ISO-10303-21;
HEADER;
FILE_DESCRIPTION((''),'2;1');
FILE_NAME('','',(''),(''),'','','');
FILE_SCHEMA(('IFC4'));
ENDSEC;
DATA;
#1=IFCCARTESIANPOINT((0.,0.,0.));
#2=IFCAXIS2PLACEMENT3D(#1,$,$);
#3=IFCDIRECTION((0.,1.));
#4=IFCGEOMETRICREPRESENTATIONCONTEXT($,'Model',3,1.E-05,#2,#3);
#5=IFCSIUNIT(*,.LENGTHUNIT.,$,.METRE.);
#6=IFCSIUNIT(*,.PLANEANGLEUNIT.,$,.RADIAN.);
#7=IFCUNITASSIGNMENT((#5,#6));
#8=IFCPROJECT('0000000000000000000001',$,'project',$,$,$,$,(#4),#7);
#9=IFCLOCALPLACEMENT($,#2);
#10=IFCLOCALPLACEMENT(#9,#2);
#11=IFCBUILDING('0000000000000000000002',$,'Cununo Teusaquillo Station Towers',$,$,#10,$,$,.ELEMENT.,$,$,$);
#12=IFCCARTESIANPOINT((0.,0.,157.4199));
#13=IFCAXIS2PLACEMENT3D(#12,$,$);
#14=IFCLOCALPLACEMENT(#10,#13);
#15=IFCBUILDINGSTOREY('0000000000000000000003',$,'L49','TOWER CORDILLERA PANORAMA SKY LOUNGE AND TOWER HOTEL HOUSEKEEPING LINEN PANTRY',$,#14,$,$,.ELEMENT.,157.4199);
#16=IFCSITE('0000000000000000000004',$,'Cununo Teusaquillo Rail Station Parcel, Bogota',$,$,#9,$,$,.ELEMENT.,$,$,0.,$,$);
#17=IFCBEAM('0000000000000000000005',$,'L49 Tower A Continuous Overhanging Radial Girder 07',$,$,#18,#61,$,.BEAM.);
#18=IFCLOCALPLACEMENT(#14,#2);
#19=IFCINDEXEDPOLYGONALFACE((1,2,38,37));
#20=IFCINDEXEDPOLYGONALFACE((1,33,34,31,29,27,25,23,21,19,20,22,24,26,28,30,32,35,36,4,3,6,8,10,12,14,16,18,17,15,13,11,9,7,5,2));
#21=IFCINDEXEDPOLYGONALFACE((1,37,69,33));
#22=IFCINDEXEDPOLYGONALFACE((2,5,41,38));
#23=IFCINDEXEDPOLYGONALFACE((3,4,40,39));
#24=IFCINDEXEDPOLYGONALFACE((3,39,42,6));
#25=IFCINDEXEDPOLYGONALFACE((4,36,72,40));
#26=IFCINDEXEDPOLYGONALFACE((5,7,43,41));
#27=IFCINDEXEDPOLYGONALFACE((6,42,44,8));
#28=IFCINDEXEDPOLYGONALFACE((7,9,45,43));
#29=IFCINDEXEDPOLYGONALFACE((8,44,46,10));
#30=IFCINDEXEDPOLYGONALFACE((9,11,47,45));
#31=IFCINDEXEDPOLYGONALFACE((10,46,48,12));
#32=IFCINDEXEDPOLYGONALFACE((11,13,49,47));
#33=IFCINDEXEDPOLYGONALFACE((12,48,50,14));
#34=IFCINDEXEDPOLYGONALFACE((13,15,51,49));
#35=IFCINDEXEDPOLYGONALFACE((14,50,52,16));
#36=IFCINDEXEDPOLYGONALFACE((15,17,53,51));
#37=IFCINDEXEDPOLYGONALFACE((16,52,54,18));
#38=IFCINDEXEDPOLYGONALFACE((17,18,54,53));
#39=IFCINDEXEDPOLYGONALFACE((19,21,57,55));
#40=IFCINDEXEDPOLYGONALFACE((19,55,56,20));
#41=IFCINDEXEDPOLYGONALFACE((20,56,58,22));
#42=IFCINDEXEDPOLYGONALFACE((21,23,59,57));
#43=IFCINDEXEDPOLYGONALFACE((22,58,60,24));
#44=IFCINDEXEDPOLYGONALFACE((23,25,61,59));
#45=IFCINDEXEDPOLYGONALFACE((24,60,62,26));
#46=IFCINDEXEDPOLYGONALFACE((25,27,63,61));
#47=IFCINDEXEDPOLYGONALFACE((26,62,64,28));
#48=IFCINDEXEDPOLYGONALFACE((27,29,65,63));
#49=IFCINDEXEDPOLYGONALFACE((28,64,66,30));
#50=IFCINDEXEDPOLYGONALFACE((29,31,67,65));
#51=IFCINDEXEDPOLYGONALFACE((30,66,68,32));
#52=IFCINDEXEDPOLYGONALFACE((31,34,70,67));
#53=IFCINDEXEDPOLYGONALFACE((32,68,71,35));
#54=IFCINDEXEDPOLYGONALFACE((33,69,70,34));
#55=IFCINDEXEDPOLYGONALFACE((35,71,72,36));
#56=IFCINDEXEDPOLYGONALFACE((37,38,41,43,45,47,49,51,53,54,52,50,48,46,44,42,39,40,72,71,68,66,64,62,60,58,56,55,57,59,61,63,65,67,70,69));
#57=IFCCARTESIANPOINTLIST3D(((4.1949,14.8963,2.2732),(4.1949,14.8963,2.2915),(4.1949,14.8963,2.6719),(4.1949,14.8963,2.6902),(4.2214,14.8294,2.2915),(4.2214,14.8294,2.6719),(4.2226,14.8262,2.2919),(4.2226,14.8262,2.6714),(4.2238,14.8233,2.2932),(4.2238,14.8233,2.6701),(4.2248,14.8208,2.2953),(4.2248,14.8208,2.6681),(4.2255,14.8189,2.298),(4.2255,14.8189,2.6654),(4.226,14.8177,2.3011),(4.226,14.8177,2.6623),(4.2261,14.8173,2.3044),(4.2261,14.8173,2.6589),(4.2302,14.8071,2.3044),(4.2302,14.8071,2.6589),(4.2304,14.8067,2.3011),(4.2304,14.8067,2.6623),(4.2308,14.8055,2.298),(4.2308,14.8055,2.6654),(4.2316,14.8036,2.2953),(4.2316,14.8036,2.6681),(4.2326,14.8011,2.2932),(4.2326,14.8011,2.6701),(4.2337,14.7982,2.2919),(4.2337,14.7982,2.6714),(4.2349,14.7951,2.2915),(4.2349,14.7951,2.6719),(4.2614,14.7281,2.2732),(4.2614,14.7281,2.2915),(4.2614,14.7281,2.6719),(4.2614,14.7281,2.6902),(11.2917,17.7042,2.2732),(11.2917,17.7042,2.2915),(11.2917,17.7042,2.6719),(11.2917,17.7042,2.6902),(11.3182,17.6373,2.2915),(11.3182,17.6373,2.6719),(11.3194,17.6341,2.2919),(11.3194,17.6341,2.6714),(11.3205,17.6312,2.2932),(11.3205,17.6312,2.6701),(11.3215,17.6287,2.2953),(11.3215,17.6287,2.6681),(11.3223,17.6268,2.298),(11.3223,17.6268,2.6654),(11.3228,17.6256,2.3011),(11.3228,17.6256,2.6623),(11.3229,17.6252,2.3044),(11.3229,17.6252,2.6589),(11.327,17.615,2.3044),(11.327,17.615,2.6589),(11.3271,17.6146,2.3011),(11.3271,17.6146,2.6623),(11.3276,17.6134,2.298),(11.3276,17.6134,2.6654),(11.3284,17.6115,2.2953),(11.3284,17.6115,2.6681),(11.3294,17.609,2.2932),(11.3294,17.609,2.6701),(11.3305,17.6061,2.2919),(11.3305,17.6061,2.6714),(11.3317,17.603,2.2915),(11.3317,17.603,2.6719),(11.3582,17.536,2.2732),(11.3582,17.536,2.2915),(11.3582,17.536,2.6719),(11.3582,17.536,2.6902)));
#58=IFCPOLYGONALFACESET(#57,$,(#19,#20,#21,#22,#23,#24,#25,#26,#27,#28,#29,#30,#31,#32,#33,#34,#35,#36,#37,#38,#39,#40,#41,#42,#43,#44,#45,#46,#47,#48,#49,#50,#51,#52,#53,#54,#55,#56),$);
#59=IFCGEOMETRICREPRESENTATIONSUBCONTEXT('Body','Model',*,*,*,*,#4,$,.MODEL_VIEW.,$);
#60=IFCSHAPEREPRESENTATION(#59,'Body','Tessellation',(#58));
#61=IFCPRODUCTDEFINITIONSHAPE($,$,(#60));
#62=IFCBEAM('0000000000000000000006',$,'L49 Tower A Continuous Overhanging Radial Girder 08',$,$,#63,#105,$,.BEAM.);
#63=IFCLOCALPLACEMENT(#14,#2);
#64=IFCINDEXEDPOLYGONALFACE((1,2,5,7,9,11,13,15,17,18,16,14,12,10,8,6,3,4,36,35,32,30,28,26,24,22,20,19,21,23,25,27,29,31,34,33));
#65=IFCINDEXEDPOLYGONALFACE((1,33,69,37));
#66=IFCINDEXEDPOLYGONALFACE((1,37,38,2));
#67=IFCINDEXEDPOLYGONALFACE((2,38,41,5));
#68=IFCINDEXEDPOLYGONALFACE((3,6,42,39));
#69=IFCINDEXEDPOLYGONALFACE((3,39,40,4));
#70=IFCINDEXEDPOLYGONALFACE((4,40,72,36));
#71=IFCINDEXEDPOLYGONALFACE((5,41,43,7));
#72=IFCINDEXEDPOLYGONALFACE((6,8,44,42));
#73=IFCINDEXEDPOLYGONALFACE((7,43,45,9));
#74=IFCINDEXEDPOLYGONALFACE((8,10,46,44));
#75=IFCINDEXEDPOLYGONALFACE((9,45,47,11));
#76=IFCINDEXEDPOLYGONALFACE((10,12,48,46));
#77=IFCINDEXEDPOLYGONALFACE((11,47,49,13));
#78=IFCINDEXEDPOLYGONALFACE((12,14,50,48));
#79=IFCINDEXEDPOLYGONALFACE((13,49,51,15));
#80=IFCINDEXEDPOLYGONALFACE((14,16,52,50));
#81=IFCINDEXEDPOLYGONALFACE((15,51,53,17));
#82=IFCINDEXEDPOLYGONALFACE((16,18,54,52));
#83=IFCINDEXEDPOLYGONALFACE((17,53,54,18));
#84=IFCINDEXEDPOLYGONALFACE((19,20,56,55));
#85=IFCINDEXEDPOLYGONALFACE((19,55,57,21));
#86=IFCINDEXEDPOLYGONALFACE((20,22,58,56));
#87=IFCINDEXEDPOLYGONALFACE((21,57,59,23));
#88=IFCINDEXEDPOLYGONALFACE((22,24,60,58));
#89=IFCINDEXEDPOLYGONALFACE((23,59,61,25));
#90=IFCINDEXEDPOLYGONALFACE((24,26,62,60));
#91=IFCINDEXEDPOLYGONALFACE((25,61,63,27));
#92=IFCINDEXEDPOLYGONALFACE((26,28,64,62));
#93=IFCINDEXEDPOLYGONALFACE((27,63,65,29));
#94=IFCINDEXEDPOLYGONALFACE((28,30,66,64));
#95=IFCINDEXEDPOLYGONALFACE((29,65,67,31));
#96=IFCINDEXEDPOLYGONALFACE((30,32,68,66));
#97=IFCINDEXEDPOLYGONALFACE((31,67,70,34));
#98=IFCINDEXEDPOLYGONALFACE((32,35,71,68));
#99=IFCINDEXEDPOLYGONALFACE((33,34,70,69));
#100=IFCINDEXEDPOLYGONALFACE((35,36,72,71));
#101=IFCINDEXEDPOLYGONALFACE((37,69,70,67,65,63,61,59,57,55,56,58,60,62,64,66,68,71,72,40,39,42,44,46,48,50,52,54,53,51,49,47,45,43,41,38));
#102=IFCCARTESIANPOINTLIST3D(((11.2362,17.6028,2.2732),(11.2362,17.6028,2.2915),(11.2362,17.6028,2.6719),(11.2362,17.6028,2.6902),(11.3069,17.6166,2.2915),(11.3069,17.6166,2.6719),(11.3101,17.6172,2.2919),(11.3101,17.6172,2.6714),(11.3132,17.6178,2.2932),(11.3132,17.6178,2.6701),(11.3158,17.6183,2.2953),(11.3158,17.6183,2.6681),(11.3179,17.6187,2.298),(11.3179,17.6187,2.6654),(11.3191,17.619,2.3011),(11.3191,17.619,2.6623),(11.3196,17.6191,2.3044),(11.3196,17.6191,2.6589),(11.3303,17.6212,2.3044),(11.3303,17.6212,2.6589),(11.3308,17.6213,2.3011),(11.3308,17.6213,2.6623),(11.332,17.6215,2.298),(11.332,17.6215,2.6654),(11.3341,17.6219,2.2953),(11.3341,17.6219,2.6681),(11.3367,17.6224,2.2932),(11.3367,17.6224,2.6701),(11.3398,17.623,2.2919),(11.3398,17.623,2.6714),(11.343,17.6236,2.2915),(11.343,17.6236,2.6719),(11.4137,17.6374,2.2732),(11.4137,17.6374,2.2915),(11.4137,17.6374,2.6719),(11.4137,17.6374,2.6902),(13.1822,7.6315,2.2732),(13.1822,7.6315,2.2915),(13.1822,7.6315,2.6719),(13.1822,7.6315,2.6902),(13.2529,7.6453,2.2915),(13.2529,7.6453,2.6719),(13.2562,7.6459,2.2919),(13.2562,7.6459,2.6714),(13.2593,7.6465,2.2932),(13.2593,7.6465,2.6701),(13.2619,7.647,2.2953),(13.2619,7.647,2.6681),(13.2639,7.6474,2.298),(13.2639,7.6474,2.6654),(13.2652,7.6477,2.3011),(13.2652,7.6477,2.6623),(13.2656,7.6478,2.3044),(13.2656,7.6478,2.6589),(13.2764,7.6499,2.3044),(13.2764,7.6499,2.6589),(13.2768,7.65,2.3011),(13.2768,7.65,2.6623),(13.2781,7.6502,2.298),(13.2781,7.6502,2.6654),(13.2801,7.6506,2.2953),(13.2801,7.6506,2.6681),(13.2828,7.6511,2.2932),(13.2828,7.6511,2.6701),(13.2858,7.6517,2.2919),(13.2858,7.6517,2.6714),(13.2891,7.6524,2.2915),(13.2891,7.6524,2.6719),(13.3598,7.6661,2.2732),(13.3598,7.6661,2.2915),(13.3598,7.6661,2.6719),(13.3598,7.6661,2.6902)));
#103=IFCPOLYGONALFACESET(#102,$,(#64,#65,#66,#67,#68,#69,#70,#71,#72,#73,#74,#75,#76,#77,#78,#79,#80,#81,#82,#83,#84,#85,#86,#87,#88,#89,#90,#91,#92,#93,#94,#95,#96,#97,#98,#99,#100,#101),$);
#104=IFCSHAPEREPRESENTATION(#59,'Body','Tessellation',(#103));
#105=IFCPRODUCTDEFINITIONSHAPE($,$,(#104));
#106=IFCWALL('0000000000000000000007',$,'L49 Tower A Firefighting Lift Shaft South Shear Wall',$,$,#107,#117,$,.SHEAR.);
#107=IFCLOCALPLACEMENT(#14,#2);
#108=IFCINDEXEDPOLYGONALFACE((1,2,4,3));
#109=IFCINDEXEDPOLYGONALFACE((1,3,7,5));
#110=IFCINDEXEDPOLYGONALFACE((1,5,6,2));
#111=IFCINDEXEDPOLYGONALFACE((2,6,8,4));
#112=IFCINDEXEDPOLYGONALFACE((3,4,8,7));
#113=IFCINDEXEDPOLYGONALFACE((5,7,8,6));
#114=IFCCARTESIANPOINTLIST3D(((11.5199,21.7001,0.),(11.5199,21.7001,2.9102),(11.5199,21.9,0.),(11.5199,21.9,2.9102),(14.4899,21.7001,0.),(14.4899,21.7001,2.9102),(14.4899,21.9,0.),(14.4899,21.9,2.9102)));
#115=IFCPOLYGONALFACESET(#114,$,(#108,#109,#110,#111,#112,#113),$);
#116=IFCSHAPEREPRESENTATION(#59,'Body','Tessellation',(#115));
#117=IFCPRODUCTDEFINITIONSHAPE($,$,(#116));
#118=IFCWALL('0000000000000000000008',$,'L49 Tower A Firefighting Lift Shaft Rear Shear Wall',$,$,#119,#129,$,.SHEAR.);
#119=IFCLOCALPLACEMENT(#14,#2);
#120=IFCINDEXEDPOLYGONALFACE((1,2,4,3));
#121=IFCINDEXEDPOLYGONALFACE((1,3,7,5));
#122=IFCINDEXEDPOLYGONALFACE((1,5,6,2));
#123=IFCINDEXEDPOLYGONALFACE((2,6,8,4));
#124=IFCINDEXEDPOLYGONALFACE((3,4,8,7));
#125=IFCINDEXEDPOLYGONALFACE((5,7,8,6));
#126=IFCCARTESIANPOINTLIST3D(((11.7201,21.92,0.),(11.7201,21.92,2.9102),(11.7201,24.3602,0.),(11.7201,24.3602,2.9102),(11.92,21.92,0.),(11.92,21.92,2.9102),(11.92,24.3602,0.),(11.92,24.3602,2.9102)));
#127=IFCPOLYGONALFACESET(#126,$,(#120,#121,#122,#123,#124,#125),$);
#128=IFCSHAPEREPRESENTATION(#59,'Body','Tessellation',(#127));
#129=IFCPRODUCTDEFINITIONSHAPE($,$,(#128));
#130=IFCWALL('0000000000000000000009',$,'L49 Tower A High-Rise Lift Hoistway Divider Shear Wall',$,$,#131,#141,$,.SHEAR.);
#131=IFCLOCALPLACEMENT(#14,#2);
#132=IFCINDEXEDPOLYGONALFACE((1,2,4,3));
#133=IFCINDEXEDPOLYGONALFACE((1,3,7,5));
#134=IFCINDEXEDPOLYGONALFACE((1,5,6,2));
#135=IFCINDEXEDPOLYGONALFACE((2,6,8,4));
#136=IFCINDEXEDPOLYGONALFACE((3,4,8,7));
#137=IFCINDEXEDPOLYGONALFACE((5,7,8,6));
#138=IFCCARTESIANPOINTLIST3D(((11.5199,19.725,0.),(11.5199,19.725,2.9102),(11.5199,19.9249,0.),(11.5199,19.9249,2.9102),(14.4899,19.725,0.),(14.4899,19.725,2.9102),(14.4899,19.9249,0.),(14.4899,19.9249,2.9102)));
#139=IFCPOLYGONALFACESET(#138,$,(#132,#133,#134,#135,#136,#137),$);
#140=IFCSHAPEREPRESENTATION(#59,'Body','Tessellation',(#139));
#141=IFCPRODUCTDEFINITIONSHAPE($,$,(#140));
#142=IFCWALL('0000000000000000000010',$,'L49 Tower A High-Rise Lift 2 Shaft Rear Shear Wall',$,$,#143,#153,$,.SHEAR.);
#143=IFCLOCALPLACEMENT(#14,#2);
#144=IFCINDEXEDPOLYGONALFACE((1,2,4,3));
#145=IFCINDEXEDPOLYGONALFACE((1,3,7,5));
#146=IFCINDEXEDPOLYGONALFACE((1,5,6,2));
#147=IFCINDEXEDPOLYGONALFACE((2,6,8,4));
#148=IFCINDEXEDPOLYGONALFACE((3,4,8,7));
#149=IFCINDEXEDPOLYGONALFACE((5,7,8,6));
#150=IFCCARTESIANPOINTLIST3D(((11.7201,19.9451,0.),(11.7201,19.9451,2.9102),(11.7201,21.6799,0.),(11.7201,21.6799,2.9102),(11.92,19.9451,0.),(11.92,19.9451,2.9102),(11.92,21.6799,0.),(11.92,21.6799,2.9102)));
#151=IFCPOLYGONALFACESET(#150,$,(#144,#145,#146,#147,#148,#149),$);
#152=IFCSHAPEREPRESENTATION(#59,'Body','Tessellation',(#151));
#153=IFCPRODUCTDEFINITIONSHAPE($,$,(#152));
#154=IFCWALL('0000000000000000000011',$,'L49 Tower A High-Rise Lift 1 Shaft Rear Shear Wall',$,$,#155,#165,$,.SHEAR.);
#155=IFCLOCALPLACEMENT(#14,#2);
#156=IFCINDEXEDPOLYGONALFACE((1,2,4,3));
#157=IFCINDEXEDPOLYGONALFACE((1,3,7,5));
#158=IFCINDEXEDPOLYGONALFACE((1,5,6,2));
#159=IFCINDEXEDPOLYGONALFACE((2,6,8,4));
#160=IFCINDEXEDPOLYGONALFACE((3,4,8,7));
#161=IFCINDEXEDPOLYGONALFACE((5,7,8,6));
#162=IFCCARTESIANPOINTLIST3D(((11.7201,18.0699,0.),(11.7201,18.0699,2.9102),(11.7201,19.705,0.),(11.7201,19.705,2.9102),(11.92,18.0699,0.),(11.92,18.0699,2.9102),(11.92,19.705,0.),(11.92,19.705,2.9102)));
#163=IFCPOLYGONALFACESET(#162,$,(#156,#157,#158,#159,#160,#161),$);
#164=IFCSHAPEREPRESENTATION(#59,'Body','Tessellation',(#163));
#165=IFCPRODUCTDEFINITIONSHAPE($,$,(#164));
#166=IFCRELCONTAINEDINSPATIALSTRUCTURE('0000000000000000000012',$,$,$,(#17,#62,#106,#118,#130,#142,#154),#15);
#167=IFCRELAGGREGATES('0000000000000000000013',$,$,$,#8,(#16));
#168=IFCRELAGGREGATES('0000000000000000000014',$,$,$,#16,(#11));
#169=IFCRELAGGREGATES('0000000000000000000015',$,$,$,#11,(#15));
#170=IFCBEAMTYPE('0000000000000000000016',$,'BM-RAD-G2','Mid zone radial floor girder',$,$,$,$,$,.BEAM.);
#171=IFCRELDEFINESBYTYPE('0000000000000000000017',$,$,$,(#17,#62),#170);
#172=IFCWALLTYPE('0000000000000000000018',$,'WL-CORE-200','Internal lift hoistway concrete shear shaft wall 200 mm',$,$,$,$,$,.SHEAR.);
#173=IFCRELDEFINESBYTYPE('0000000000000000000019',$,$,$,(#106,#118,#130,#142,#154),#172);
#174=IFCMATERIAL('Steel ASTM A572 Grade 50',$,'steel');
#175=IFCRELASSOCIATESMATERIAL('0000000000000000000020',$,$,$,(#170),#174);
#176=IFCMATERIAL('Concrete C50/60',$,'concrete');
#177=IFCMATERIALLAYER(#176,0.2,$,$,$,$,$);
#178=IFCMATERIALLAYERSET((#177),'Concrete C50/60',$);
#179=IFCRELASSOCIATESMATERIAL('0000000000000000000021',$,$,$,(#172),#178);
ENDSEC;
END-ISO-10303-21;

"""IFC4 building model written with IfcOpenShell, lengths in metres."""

from ifc_helpers import new_model, si_unit, direction, frame, frame_2d, origin, origin_2d, place, context, subcontext, project, spatial, rectangle, i_section, extrude, material, layer, layer_set, material_profile, profile_set, type_object, element, save


model = new_model("IFC4")

# Units and contexts
model_context = context("Model", 3, precision=1e-05, world=origin(), true_north=direction((0.0, 1.0)))
body_context = subcontext(model_context, "Body", "Model", "MODEL_VIEW")
ifc_project = project(units=[si_unit("LENGTHUNIT", "METRE"), si_unit("PLANEANGLEUNIT", "RADIAN")], contexts=[model_context])

# Site, building, storey
site_placement = place(None, origin())
site = spatial("IfcSite", under=ifc_project, at=site_placement, Name="Cununo Teusaquillo Rail Station Parcel, Bogota", CompositionType="ELEMENT", RefElevation=0.0)
building_placement = place(site_placement, origin())
building = spatial("IfcBuilding", under=site, at=building_placement, Name="Cununo Teusaquillo Station Towers", CompositionType="ELEMENT")
storey_placement = place(building_placement, frame((0.0, 0.0, 157.4199)))
storey = spatial("IfcBuildingStorey", under=building, at=storey_placement, Name="L49", Description="TOWER CORDILLERA PANORAMA SKY LOUNGE AND TOWER HOTEL HOUSEKEEPING LINEN PANTRY", CompositionType="ELEMENT", Elevation=157.4199)

# Beams
ifc_material_1 = material(Name="Steel ASTM A572 Grade 50", Category="steel")
ifc_material_profile_1 = material_profile(ifc_material_1, i_section(OverallWidth=0.1809, OverallDepth=0.417, WebThickness=0.011, FlangeThickness=0.0183, FilletRadius=0.0129, at=origin_2d()), Name="W16X57")
ifc_profile_set_1 = profile_set([ifc_material_profile_1], Name="Steel ASTM A572 Grade 50")
beam_type_1 = type_object("IfcBeamType", Name="BM-RAD-G2", Description="Mid zone radial floor girder", PredefinedType="BEAM", material=ifc_profile_set_1)
beam_1_placement = place(storey_placement, frame((11.325, 17.6201, 2.4817), z_axis=(-0.929862, -0.367908, 0.0), x_axis=(0.367908, -0.929862, 0.0)))
element("IfcBeam", 1, at=beam_1_placement, inside=storey, type_object=beam_type_1, Name="L49 Tower A Continuous Overhanging Radial Girder 07", PredefinedType="BEAM", context=body_context, shape_type="SweptSolid", body=[
    extrude(i_section(OverallWidth=0.1809, OverallDepth=0.417, WebThickness=0.011, FlangeThickness=0.0183, FilletRadius=0.0129, at=origin_2d()), origin(), (0.0, 0.0, 1.0), 7.6321),
])
beam_2_placement = place(storey_placement, frame((11.325, 17.6201, 2.4817), z_axis=(0.191553, -0.981482, 0.0), x_axis=(0.981482, 0.191553, 0.0)))
element("IfcBeam", 2, at=beam_2_placement, inside=storey, type_object=beam_type_1, Name="L49 Tower A Continuous Overhanging Radial Girder 08", PredefinedType="BEAM", context=body_context, shape_type="SweptSolid", body=[
    extrude(i_section(OverallWidth=0.1809, OverallDepth=0.417, WebThickness=0.011, FlangeThickness=0.0183, FilletRadius=0.0129, at=origin_2d()), origin(), (0.0, 0.0, 1.0), 10.1594),
])

# Walls
ifc_material_2 = material(Name="Concrete C50/60", Category="concrete")
ifc_layer_1 = layer(ifc_material_2, 0.2)
ifc_layer_set_1 = layer_set([ifc_layer_1], Name="Concrete C50/60")
wall_type_1 = type_object("IfcWallType", Name="WL-CORE-200", Description="Internal lift hoistway concrete shear shaft wall 200 mm", PredefinedType="SHEAR", material=ifc_layer_set_1)
wall_1_placement = place(storey_placement, frame((11.52, 21.8, 0.0), z_axis=(0.0, 0.0, 1.0), x_axis=(1.0, 0.0, 0.0)))
element("IfcWall", 3, at=wall_1_placement, inside=storey, type_object=wall_type_1, Name="L49 Tower A Firefighting Lift Shaft South Shear Wall", PredefinedType="SHEAR", context=body_context, shape_type="SweptSolid", body=[
    extrude(rectangle(XDim=2.97, YDim=0.2, at=frame_2d((1.4849, 0.0))), origin(), (0.0, 0.0, 1.0), 2.9102),
])
wall_2_placement = place(storey_placement, frame((11.8201, 21.9199, 0.0), z_axis=(0.0, 0.0, 1.0), x_axis=(0.0, 1.0, 0.0)))
element("IfcWall", 4, at=wall_2_placement, inside=storey, type_object=wall_type_1, Name="L49 Tower A Firefighting Lift Shaft Rear Shear Wall", PredefinedType="SHEAR", context=body_context, shape_type="SweptSolid", body=[
    extrude(rectangle(XDim=2.4402, YDim=0.2, at=frame_2d((1.2202, 0.0))), origin(), (0.0, 0.0, 1.0), 2.9102),
])
wall_3_placement = place(storey_placement, frame((11.52, 19.825, 0.0), z_axis=(0.0, 0.0, 1.0), x_axis=(1.0, 0.0, 0.0)))
element("IfcWall", 5, at=wall_3_placement, inside=storey, type_object=wall_type_1, Name="L49 Tower A High-Rise Lift Hoistway Divider Shear Wall", PredefinedType="SHEAR", context=body_context, shape_type="SweptSolid", body=[
    extrude(rectangle(XDim=2.97, YDim=0.2, at=frame_2d((1.4849, 0.0))), origin(), (0.0, 0.0, 1.0), 2.9102),
])
wall_4_placement = place(storey_placement, frame((11.8201, 19.9451, 0.0), z_axis=(0.0, 0.0, 1.0), x_axis=(0.0, 1.0, 0.0)))
element("IfcWall", 6, at=wall_4_placement, inside=storey, type_object=wall_type_1, Name="L49 Tower A High-Rise Lift 2 Shaft Rear Shear Wall", PredefinedType="SHEAR", context=body_context, shape_type="SweptSolid", body=[
    extrude(rectangle(XDim=1.7349, YDim=0.2, at=frame_2d((0.8674, 0.0))), origin(), (0.0, 0.0, 1.0), 2.9102),
])
wall_5_placement = place(storey_placement, frame((11.8201, 18.0701, 0.0), z_axis=(0.0, 0.0, 1.0), x_axis=(0.0, 1.0, 0.0)))
element("IfcWall", 7, at=wall_5_placement, inside=storey, type_object=wall_type_1, Name="L49 Tower A High-Rise Lift 1 Shaft Rear Shear Wall", PredefinedType="SHEAR", context=body_context, shape_type="SweptSolid", body=[
    extrude(rectangle(XDim=1.635, YDim=0.2, at=frame_2d((0.8174, 0.0))), origin(), (0.0, 0.0, 1.0), 2.9102),
])

save(model, "model.ifc")
